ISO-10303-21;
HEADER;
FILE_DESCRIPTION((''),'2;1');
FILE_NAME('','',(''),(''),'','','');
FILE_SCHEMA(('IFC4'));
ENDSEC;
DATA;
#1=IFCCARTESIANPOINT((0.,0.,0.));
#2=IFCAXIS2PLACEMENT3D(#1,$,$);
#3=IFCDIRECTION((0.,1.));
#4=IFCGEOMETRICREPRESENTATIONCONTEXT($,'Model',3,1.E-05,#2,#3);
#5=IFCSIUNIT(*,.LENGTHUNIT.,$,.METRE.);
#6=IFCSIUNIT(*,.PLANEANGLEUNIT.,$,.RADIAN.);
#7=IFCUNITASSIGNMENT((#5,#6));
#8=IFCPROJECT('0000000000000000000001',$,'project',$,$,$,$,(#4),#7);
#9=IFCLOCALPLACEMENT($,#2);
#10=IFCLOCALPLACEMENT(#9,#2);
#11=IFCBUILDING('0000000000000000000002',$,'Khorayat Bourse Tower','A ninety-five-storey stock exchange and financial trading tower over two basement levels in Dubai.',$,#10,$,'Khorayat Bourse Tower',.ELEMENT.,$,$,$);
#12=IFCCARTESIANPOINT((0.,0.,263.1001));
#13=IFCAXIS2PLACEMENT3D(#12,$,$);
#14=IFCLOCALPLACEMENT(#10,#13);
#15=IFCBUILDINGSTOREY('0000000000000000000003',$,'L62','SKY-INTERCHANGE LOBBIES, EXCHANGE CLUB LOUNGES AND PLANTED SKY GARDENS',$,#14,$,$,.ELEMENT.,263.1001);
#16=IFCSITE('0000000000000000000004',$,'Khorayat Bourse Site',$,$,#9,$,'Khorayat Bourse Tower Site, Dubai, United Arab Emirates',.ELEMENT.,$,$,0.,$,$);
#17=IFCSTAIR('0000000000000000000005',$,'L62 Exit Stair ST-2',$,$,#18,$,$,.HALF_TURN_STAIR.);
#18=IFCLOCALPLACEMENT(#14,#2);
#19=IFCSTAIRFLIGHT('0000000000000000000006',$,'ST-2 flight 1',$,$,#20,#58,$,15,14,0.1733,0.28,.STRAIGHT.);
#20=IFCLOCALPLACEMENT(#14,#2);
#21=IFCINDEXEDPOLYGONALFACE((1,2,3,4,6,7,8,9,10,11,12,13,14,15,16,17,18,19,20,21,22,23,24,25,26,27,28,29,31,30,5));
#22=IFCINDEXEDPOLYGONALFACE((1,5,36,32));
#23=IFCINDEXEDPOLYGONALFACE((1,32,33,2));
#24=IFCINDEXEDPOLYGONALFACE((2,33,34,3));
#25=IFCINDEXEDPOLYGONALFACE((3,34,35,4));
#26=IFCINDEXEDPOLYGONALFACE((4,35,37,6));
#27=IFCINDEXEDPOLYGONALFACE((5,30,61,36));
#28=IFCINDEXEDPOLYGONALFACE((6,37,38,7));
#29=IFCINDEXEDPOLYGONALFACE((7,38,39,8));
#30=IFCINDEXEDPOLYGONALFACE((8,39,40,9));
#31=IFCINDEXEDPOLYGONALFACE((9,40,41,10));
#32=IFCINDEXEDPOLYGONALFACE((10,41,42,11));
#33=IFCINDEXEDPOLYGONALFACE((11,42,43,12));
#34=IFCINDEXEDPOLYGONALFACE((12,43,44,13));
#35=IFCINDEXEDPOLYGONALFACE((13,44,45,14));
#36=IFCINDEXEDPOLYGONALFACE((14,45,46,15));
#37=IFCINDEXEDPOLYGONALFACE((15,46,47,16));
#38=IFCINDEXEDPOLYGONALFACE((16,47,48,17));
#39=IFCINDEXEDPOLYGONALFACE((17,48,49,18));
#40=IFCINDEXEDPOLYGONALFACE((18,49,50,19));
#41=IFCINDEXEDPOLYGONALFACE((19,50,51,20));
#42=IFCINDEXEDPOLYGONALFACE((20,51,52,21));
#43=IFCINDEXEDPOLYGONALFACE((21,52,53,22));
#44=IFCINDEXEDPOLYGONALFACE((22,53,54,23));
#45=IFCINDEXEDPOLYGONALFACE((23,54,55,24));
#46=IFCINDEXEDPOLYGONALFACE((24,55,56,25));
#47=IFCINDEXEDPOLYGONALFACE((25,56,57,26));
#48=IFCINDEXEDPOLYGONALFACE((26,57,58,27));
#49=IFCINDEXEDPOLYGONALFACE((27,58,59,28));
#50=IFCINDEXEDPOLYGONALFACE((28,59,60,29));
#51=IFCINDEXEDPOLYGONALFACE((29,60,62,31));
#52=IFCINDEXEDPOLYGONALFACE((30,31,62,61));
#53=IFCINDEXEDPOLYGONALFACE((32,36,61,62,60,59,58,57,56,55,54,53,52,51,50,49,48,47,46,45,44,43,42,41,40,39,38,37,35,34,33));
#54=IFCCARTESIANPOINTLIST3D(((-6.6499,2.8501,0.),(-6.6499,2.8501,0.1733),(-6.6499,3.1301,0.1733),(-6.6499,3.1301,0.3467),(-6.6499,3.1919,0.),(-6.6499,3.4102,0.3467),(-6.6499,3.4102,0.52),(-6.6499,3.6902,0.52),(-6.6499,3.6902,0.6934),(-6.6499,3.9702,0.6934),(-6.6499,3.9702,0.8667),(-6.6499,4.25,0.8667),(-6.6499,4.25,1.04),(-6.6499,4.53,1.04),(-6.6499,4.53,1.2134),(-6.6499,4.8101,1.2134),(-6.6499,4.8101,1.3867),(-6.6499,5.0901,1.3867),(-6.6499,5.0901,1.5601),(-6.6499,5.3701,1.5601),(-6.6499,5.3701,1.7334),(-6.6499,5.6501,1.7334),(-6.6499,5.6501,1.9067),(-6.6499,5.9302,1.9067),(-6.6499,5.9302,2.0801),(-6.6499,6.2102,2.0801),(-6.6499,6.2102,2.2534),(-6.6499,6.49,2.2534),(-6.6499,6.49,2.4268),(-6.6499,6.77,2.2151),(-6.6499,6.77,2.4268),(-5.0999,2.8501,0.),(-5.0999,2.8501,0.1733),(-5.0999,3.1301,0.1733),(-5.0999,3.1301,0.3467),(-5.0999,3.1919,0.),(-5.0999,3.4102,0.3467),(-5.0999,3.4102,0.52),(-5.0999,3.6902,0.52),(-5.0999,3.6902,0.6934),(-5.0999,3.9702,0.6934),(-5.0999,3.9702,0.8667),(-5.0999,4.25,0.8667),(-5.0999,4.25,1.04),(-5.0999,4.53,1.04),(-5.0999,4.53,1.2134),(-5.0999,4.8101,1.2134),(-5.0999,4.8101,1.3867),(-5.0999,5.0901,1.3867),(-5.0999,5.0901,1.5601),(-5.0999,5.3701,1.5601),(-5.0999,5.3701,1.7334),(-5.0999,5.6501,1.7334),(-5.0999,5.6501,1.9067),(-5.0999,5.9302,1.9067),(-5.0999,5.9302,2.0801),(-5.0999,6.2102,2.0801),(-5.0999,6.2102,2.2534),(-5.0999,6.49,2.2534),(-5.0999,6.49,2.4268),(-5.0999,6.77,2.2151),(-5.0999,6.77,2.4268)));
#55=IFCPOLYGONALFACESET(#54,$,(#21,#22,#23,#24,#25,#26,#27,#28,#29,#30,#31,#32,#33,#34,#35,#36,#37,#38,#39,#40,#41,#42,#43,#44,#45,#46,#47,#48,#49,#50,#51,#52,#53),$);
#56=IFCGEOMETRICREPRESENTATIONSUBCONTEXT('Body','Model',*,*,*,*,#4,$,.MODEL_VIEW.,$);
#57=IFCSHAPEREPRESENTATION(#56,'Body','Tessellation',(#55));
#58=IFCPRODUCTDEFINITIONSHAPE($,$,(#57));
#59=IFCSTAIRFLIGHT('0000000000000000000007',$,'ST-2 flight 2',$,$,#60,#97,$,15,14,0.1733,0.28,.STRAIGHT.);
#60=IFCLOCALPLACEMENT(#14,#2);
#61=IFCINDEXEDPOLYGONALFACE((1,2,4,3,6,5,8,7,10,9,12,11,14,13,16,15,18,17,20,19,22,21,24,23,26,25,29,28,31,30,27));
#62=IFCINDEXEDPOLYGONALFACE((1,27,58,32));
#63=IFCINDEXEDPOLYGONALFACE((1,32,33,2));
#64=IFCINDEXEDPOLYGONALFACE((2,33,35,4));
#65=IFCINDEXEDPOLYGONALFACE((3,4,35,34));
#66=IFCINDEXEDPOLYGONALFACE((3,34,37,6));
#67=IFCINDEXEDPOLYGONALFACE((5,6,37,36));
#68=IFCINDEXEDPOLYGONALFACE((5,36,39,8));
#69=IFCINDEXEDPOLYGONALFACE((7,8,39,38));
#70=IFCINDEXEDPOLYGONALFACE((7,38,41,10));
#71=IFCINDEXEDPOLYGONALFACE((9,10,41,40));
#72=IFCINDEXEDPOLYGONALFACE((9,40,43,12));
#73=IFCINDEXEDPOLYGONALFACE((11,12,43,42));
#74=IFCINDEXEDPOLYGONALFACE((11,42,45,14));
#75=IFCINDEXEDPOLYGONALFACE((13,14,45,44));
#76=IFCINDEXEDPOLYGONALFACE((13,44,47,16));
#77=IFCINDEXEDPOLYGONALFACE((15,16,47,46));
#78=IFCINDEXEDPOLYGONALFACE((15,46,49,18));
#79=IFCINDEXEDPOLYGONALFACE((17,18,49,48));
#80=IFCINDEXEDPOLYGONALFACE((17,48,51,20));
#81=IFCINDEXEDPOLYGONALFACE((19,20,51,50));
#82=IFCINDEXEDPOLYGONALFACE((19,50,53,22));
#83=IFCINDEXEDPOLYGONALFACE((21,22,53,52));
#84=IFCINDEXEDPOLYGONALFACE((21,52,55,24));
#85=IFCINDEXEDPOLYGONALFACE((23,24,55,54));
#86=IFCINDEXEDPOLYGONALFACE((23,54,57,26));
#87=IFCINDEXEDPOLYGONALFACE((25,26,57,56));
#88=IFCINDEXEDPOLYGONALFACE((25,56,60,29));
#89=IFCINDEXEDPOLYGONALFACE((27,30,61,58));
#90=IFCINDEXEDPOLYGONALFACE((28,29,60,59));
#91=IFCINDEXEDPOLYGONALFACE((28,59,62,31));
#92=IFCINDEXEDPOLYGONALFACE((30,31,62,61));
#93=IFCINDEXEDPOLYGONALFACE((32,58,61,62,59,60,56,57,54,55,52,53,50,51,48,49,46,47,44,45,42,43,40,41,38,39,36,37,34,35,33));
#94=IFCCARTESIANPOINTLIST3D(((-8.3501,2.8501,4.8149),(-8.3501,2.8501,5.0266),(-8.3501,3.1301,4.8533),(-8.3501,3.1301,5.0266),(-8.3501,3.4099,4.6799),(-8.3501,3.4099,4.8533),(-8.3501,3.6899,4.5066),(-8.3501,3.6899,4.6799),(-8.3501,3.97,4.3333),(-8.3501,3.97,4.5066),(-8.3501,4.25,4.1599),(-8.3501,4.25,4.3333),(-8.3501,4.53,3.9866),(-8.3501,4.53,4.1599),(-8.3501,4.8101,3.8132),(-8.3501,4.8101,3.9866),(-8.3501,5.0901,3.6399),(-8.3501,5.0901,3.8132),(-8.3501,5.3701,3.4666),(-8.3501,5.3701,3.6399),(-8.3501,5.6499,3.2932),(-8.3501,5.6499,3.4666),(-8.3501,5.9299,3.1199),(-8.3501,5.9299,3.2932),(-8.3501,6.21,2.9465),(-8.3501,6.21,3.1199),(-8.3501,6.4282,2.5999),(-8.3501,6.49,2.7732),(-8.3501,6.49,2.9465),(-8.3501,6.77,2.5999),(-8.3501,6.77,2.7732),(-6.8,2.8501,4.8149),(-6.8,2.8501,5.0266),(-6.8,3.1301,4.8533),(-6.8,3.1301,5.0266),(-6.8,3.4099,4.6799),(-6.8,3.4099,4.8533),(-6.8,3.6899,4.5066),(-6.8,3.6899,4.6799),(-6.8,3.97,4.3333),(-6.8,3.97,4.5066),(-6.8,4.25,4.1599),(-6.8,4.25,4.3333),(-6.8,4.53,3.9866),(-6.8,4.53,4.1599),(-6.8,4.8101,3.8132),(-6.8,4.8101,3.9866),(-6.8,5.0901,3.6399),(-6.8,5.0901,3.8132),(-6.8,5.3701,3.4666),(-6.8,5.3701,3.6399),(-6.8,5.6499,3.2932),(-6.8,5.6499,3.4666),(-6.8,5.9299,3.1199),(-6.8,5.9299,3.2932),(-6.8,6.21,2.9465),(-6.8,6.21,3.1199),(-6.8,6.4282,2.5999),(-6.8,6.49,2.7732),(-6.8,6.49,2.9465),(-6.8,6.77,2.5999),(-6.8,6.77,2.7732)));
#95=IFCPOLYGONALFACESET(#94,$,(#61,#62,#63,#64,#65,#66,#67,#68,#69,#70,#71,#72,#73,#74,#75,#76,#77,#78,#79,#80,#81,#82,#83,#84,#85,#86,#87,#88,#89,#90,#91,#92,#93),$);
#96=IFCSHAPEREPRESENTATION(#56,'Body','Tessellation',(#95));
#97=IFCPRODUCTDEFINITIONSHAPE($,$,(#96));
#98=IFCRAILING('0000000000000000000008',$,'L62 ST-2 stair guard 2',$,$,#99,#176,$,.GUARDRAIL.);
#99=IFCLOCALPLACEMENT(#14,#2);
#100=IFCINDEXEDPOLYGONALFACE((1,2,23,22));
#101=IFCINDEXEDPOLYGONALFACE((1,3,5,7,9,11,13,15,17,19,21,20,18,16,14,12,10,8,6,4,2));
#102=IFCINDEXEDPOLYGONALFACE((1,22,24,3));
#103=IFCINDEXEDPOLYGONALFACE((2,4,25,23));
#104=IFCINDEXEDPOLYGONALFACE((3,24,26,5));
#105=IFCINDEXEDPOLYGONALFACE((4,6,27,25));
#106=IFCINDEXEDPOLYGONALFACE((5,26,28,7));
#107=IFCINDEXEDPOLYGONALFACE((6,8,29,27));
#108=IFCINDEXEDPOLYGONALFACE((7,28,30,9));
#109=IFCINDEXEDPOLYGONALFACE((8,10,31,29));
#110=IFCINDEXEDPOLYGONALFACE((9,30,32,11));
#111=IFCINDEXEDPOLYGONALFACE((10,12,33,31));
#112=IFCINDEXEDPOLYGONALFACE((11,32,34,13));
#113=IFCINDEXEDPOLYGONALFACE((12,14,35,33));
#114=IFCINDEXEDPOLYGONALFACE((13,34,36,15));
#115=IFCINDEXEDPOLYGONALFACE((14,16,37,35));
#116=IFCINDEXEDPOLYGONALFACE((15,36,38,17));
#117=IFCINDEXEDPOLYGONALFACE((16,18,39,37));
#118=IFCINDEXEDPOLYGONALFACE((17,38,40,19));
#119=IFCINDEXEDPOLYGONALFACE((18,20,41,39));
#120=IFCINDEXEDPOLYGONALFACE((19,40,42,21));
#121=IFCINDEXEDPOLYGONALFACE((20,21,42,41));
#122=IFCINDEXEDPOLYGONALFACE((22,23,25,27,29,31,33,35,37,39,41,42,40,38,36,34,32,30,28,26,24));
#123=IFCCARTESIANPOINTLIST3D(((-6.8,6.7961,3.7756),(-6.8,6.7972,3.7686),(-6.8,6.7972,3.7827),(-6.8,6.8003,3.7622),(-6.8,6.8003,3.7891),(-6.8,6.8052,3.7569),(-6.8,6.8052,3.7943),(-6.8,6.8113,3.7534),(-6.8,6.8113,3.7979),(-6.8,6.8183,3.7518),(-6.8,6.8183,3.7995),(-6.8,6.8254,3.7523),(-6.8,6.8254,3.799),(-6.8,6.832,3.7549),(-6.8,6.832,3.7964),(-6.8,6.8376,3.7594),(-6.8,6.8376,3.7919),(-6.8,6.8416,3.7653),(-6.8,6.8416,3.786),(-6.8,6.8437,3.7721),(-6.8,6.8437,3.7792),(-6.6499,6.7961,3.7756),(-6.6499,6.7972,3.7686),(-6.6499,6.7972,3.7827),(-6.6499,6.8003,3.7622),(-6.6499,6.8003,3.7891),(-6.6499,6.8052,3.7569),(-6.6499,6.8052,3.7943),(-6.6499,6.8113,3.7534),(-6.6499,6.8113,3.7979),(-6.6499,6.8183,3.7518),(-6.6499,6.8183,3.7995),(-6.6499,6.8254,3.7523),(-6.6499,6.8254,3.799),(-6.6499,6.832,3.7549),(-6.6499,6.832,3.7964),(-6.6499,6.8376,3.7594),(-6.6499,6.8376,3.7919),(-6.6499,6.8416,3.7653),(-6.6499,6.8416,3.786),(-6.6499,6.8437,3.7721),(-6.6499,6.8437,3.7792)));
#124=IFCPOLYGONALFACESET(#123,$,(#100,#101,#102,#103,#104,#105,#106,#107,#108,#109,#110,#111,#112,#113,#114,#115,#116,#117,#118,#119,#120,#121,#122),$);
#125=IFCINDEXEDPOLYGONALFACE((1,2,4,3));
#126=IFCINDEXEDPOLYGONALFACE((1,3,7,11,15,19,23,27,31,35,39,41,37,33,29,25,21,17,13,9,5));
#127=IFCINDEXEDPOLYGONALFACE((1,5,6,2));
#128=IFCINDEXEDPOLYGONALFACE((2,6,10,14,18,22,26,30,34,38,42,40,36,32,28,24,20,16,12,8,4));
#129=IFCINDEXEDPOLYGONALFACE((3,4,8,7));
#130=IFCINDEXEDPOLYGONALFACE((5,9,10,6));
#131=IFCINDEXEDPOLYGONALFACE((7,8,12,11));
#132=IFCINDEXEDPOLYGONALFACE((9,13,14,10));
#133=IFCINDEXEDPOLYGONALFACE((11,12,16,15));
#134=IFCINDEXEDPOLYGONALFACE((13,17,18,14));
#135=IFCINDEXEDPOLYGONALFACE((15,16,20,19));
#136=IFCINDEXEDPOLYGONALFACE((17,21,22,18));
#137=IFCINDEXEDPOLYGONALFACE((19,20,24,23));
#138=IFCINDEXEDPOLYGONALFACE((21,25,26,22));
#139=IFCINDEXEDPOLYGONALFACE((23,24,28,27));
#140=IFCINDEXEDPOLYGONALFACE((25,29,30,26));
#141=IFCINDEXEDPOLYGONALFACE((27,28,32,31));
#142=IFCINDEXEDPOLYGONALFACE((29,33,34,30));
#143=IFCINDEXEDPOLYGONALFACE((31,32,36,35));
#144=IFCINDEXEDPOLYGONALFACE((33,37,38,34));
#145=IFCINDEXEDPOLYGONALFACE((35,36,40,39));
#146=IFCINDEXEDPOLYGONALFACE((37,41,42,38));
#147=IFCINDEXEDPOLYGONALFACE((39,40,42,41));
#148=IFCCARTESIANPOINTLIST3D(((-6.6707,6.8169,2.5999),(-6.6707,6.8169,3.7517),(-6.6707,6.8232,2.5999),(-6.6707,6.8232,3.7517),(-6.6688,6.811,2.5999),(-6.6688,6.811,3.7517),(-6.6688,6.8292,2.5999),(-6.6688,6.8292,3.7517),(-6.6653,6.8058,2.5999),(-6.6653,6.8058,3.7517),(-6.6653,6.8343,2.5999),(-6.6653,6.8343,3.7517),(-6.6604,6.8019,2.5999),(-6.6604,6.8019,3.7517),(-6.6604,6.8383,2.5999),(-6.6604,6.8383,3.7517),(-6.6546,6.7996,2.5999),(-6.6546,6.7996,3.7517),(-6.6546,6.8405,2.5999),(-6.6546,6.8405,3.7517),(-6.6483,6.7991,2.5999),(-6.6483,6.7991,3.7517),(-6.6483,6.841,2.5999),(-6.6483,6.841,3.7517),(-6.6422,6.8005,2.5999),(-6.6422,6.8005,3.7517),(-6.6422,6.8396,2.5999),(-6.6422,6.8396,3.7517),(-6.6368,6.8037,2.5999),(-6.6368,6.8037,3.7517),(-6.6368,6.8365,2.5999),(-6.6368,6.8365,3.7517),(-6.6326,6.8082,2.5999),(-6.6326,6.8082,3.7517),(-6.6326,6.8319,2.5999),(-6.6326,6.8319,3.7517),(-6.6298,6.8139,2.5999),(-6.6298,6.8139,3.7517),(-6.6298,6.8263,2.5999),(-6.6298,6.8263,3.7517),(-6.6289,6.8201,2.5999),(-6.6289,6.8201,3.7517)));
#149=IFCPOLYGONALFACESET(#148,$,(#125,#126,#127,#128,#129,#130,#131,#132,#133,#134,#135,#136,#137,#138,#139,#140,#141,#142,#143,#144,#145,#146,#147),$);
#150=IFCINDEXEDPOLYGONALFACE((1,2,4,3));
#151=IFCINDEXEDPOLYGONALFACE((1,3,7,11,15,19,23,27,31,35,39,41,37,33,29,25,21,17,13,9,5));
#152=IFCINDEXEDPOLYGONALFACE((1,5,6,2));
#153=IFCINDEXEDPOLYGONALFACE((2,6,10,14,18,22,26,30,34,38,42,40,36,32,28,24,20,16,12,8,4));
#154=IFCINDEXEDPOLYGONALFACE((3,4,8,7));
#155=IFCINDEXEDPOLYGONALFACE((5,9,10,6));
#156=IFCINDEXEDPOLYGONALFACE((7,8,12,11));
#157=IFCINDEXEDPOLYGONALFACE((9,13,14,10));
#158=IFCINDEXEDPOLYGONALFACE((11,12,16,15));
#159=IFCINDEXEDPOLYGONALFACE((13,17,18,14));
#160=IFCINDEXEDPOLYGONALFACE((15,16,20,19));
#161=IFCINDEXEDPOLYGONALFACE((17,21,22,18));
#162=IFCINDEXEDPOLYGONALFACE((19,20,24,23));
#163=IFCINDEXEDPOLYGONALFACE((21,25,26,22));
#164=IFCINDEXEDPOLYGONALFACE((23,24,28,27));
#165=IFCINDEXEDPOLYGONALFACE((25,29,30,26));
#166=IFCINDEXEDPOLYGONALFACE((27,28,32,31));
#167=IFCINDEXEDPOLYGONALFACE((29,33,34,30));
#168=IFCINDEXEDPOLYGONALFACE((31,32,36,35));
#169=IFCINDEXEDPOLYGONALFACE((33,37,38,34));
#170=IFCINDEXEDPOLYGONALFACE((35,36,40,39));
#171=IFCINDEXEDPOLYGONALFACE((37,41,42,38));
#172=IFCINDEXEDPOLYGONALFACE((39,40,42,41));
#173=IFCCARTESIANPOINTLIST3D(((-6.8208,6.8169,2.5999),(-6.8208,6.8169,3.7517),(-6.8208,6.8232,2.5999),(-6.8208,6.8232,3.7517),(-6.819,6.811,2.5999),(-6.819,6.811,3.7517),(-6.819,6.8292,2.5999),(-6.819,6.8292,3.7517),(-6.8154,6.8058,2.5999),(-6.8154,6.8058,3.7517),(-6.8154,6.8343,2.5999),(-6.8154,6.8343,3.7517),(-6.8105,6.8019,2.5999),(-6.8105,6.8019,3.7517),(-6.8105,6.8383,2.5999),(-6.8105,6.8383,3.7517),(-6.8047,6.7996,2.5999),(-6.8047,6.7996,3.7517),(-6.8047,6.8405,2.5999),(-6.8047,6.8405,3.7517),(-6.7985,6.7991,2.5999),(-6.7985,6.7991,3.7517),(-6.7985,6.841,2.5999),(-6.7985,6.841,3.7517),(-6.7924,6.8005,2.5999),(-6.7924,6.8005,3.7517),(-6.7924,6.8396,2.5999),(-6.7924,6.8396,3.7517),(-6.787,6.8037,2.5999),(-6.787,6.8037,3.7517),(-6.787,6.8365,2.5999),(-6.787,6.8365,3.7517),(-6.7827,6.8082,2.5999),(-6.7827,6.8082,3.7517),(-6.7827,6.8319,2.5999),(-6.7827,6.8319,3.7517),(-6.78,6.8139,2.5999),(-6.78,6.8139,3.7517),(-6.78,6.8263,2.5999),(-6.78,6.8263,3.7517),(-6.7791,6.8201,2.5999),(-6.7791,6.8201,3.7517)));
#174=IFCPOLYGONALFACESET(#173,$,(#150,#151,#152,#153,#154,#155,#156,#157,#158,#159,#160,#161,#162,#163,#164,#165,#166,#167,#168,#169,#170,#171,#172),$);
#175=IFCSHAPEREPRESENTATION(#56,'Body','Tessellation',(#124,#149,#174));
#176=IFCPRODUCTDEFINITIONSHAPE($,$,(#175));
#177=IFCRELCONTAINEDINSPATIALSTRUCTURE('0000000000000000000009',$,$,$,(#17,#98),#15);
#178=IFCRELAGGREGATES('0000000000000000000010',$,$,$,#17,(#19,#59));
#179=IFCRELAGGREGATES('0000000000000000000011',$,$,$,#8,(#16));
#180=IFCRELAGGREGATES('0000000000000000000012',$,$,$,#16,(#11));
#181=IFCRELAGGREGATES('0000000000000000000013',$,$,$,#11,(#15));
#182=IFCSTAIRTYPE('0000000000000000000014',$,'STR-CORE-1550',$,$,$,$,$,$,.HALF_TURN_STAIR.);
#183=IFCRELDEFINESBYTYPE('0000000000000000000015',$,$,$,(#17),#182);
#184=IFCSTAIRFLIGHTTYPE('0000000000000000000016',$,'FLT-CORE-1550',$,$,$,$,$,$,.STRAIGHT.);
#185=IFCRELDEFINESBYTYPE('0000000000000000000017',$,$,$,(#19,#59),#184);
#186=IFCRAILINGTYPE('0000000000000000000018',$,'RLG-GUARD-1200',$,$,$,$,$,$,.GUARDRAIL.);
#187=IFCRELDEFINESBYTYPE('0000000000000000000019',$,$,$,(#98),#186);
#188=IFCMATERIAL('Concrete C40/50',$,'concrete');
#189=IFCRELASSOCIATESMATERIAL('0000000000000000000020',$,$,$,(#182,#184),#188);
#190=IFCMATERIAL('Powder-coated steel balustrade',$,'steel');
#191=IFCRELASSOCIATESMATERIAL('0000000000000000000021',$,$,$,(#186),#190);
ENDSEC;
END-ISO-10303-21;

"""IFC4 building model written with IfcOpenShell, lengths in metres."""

from ifc_helpers import new_model, si_unit, direction, frame, origin, origin_2d, place, context, subcontext, project, spatial, polyline, circle, outline, extrude, source, transform, mapped, material, type_object, element, aggregate, save


model = new_model("IFC4")

# Units and contexts
model_context = context("Model", 3, precision=1e-05, world=origin(), true_north=direction((0.0, 1.0)))
body_context = subcontext(model_context, "Body", "Model", "MODEL_VIEW")
ifc_project = project(units=[si_unit("LENGTHUNIT", "METRE"), si_unit("PLANEANGLEUNIT", "RADIAN")], contexts=[model_context])

# Site, building, storey
site_placement = place(None, origin())
site = spatial("IfcSite", under=ifc_project, at=site_placement, Name="Khorayat Bourse Site", LongName="Khorayat Bourse Tower Site, Dubai, United Arab Emirates", CompositionType="ELEMENT", RefElevation=0.0)
building_placement = place(site_placement, origin())
building = spatial("IfcBuilding", under=site, at=building_placement, Name="Khorayat Bourse Tower", Description="A ninety-five-storey stock exchange and financial trading tower over two basement levels in Dubai.", LongName="Khorayat Bourse Tower", CompositionType="ELEMENT")
storey_placement = place(building_placement, frame((0.0, 0.0, 263.1001)))
storey = spatial("IfcBuildingStorey", under=building, at=storey_placement, Name="L62", Description="SKY-INTERCHANGE LOBBIES, EXCHANGE CLUB LOUNGES AND PLANTED SKY GARDENS", CompositionType="ELEMENT", Elevation=263.1001)

# Stair, stair flights
ifc_material_1 = material(Name="Concrete C40/50", Category="concrete")
stair_type = type_object("IfcStairType", Name="STR-CORE-1550", PredefinedType="HALF_TURN_STAIR", material=ifc_material_1)
stair_placement = place(storey_placement, origin())
stair = element("IfcStair", 1, at=stair_placement, inside=storey, type_object=stair_type, Name="L62 Exit Stair ST-2", PredefinedType="HALF_TURN_STAIR")
stair_flight_type = type_object("IfcStairFlightType", Name="FLT-CORE-1550", PredefinedType="STRAIGHT", material=ifc_material_1)
shared_shape_1 = source(origin(), body_context, "Body", "SweptSolid", [
    extrude(outline(polyline([(0.0, 0.0), (0.0, 0.1733), (0.28, 0.1733), (0.28, 0.3467), (0.5601, 0.3467), (0.5601, 0.52), (0.8401, 0.52), (0.8401, 0.6934), (1.1201, 0.6934), (1.1201, 0.8667), (1.3999, 0.8667), (1.3999, 1.04), (1.6799, 1.04), (1.6799, 1.2134), (1.96, 1.2134), (1.96, 1.3867), (2.24, 1.3867), (2.24, 1.5601), (2.52, 1.5601), (2.52, 1.7334), (2.8, 1.7334), (2.8, 1.9067), (3.0801, 1.9067), (3.0801, 2.0801), (3.3601, 2.0801), (3.3601, 2.2534), (3.6399, 2.2534), (3.6399, 2.4268), (3.9199, 2.4268), (3.9199, 2.6001), (3.9199, 2.2151), (0.3418, 0.0), (0.0, 0.0)])), frame((0.0, 0.7749, 0.0), z_axis=(0.0, -1.0, 0.0), x_axis=(1.0, 0.0, 0.0)), (0.0, 0.0, 1.0), 1.55),
])
stair_flight_1_placement = place(storey_placement, frame((-5.875, 2.8501, 0.0), z_axis=(0.0, 0.0, 1.0), x_axis=(0.0, 1.0, 0.0)))
stair_flight_1 = element("IfcStairFlight", 2, at=stair_flight_1_placement, type_object=stair_flight_type, Name="ST-2 flight 1", NumberOfRisers=15, NumberOfTreads=14, PredefinedType="STRAIGHT", RiserHeight=0.1733, TreadLength=0.28, context=body_context, shape_type="MappedRepresentation", body=[
    mapped(shared_shape_1, transform((0.0, 0.0, 0.0), scale=1.0)),
])
stair_flight_2_placement = place(storey_placement, frame((-7.575, 6.77, 2.5999), z_axis=(0.0, 0.0, 1.0), x_axis=(0.0, -1.0, 0.0)))
stair_flight_2 = element("IfcStairFlight", 3, at=stair_flight_2_placement, type_object=stair_flight_type, Name="ST-2 flight 2", NumberOfRisers=15, NumberOfTreads=14, PredefinedType="STRAIGHT", RiserHeight=0.1733, TreadLength=0.28, context=body_context, shape_type="MappedRepresentation", body=[
    mapped(shared_shape_1, transform((0.0, 0.0, 0.0), scale=1.0)),
])
aggregate(stair, [stair_flight_1, stair_flight_2])

# Railing
ifc_material_2 = material(Name="Powder-coated steel balustrade", Category="steel")
railing_type_1 = type_object("IfcRailingType", Name="RLG-GUARD-1200", PredefinedType="GUARDRAIL", material=ifc_material_2)
shared_shape_2 = source(origin(), body_context, "Body", "SweptSolid", [
    extrude(circle(Radius=0.0239, at=origin_2d()), frame((0.0, 0.0, 1.1758), z_axis=(-1.0, 0.0, 0.0), x_axis=(0.0, -1.0, 0.0)), (0.0, 0.0, 1.0), 0.1501),
    extrude(circle(Radius=0.021, at=origin_2d()), origin(), (0.0, 0.0, 1.0), 1.1519),
    extrude(circle(Radius=0.021, at=origin_2d()), frame((-0.1501, 0.0, 0.0)), (0.0, 0.0, 1.0), 1.1519),
])
for number, where, name in (
    (4, (-6.6499, 6.8201, 2.5999), "L62 ST-2 stair guard 2"),
):
    element("IfcRailing", number, at=place(storey_placement, frame(where)), inside=storey, type_object=railing_type_1, Name=name, PredefinedType="GUARDRAIL", context=body_context, shape_type="MappedRepresentation", body=[
        mapped(shared_shape_2, transform((0.0, 0.0, 0.0), scale=1.0)),
    ])

save(model, "model.ifc")
